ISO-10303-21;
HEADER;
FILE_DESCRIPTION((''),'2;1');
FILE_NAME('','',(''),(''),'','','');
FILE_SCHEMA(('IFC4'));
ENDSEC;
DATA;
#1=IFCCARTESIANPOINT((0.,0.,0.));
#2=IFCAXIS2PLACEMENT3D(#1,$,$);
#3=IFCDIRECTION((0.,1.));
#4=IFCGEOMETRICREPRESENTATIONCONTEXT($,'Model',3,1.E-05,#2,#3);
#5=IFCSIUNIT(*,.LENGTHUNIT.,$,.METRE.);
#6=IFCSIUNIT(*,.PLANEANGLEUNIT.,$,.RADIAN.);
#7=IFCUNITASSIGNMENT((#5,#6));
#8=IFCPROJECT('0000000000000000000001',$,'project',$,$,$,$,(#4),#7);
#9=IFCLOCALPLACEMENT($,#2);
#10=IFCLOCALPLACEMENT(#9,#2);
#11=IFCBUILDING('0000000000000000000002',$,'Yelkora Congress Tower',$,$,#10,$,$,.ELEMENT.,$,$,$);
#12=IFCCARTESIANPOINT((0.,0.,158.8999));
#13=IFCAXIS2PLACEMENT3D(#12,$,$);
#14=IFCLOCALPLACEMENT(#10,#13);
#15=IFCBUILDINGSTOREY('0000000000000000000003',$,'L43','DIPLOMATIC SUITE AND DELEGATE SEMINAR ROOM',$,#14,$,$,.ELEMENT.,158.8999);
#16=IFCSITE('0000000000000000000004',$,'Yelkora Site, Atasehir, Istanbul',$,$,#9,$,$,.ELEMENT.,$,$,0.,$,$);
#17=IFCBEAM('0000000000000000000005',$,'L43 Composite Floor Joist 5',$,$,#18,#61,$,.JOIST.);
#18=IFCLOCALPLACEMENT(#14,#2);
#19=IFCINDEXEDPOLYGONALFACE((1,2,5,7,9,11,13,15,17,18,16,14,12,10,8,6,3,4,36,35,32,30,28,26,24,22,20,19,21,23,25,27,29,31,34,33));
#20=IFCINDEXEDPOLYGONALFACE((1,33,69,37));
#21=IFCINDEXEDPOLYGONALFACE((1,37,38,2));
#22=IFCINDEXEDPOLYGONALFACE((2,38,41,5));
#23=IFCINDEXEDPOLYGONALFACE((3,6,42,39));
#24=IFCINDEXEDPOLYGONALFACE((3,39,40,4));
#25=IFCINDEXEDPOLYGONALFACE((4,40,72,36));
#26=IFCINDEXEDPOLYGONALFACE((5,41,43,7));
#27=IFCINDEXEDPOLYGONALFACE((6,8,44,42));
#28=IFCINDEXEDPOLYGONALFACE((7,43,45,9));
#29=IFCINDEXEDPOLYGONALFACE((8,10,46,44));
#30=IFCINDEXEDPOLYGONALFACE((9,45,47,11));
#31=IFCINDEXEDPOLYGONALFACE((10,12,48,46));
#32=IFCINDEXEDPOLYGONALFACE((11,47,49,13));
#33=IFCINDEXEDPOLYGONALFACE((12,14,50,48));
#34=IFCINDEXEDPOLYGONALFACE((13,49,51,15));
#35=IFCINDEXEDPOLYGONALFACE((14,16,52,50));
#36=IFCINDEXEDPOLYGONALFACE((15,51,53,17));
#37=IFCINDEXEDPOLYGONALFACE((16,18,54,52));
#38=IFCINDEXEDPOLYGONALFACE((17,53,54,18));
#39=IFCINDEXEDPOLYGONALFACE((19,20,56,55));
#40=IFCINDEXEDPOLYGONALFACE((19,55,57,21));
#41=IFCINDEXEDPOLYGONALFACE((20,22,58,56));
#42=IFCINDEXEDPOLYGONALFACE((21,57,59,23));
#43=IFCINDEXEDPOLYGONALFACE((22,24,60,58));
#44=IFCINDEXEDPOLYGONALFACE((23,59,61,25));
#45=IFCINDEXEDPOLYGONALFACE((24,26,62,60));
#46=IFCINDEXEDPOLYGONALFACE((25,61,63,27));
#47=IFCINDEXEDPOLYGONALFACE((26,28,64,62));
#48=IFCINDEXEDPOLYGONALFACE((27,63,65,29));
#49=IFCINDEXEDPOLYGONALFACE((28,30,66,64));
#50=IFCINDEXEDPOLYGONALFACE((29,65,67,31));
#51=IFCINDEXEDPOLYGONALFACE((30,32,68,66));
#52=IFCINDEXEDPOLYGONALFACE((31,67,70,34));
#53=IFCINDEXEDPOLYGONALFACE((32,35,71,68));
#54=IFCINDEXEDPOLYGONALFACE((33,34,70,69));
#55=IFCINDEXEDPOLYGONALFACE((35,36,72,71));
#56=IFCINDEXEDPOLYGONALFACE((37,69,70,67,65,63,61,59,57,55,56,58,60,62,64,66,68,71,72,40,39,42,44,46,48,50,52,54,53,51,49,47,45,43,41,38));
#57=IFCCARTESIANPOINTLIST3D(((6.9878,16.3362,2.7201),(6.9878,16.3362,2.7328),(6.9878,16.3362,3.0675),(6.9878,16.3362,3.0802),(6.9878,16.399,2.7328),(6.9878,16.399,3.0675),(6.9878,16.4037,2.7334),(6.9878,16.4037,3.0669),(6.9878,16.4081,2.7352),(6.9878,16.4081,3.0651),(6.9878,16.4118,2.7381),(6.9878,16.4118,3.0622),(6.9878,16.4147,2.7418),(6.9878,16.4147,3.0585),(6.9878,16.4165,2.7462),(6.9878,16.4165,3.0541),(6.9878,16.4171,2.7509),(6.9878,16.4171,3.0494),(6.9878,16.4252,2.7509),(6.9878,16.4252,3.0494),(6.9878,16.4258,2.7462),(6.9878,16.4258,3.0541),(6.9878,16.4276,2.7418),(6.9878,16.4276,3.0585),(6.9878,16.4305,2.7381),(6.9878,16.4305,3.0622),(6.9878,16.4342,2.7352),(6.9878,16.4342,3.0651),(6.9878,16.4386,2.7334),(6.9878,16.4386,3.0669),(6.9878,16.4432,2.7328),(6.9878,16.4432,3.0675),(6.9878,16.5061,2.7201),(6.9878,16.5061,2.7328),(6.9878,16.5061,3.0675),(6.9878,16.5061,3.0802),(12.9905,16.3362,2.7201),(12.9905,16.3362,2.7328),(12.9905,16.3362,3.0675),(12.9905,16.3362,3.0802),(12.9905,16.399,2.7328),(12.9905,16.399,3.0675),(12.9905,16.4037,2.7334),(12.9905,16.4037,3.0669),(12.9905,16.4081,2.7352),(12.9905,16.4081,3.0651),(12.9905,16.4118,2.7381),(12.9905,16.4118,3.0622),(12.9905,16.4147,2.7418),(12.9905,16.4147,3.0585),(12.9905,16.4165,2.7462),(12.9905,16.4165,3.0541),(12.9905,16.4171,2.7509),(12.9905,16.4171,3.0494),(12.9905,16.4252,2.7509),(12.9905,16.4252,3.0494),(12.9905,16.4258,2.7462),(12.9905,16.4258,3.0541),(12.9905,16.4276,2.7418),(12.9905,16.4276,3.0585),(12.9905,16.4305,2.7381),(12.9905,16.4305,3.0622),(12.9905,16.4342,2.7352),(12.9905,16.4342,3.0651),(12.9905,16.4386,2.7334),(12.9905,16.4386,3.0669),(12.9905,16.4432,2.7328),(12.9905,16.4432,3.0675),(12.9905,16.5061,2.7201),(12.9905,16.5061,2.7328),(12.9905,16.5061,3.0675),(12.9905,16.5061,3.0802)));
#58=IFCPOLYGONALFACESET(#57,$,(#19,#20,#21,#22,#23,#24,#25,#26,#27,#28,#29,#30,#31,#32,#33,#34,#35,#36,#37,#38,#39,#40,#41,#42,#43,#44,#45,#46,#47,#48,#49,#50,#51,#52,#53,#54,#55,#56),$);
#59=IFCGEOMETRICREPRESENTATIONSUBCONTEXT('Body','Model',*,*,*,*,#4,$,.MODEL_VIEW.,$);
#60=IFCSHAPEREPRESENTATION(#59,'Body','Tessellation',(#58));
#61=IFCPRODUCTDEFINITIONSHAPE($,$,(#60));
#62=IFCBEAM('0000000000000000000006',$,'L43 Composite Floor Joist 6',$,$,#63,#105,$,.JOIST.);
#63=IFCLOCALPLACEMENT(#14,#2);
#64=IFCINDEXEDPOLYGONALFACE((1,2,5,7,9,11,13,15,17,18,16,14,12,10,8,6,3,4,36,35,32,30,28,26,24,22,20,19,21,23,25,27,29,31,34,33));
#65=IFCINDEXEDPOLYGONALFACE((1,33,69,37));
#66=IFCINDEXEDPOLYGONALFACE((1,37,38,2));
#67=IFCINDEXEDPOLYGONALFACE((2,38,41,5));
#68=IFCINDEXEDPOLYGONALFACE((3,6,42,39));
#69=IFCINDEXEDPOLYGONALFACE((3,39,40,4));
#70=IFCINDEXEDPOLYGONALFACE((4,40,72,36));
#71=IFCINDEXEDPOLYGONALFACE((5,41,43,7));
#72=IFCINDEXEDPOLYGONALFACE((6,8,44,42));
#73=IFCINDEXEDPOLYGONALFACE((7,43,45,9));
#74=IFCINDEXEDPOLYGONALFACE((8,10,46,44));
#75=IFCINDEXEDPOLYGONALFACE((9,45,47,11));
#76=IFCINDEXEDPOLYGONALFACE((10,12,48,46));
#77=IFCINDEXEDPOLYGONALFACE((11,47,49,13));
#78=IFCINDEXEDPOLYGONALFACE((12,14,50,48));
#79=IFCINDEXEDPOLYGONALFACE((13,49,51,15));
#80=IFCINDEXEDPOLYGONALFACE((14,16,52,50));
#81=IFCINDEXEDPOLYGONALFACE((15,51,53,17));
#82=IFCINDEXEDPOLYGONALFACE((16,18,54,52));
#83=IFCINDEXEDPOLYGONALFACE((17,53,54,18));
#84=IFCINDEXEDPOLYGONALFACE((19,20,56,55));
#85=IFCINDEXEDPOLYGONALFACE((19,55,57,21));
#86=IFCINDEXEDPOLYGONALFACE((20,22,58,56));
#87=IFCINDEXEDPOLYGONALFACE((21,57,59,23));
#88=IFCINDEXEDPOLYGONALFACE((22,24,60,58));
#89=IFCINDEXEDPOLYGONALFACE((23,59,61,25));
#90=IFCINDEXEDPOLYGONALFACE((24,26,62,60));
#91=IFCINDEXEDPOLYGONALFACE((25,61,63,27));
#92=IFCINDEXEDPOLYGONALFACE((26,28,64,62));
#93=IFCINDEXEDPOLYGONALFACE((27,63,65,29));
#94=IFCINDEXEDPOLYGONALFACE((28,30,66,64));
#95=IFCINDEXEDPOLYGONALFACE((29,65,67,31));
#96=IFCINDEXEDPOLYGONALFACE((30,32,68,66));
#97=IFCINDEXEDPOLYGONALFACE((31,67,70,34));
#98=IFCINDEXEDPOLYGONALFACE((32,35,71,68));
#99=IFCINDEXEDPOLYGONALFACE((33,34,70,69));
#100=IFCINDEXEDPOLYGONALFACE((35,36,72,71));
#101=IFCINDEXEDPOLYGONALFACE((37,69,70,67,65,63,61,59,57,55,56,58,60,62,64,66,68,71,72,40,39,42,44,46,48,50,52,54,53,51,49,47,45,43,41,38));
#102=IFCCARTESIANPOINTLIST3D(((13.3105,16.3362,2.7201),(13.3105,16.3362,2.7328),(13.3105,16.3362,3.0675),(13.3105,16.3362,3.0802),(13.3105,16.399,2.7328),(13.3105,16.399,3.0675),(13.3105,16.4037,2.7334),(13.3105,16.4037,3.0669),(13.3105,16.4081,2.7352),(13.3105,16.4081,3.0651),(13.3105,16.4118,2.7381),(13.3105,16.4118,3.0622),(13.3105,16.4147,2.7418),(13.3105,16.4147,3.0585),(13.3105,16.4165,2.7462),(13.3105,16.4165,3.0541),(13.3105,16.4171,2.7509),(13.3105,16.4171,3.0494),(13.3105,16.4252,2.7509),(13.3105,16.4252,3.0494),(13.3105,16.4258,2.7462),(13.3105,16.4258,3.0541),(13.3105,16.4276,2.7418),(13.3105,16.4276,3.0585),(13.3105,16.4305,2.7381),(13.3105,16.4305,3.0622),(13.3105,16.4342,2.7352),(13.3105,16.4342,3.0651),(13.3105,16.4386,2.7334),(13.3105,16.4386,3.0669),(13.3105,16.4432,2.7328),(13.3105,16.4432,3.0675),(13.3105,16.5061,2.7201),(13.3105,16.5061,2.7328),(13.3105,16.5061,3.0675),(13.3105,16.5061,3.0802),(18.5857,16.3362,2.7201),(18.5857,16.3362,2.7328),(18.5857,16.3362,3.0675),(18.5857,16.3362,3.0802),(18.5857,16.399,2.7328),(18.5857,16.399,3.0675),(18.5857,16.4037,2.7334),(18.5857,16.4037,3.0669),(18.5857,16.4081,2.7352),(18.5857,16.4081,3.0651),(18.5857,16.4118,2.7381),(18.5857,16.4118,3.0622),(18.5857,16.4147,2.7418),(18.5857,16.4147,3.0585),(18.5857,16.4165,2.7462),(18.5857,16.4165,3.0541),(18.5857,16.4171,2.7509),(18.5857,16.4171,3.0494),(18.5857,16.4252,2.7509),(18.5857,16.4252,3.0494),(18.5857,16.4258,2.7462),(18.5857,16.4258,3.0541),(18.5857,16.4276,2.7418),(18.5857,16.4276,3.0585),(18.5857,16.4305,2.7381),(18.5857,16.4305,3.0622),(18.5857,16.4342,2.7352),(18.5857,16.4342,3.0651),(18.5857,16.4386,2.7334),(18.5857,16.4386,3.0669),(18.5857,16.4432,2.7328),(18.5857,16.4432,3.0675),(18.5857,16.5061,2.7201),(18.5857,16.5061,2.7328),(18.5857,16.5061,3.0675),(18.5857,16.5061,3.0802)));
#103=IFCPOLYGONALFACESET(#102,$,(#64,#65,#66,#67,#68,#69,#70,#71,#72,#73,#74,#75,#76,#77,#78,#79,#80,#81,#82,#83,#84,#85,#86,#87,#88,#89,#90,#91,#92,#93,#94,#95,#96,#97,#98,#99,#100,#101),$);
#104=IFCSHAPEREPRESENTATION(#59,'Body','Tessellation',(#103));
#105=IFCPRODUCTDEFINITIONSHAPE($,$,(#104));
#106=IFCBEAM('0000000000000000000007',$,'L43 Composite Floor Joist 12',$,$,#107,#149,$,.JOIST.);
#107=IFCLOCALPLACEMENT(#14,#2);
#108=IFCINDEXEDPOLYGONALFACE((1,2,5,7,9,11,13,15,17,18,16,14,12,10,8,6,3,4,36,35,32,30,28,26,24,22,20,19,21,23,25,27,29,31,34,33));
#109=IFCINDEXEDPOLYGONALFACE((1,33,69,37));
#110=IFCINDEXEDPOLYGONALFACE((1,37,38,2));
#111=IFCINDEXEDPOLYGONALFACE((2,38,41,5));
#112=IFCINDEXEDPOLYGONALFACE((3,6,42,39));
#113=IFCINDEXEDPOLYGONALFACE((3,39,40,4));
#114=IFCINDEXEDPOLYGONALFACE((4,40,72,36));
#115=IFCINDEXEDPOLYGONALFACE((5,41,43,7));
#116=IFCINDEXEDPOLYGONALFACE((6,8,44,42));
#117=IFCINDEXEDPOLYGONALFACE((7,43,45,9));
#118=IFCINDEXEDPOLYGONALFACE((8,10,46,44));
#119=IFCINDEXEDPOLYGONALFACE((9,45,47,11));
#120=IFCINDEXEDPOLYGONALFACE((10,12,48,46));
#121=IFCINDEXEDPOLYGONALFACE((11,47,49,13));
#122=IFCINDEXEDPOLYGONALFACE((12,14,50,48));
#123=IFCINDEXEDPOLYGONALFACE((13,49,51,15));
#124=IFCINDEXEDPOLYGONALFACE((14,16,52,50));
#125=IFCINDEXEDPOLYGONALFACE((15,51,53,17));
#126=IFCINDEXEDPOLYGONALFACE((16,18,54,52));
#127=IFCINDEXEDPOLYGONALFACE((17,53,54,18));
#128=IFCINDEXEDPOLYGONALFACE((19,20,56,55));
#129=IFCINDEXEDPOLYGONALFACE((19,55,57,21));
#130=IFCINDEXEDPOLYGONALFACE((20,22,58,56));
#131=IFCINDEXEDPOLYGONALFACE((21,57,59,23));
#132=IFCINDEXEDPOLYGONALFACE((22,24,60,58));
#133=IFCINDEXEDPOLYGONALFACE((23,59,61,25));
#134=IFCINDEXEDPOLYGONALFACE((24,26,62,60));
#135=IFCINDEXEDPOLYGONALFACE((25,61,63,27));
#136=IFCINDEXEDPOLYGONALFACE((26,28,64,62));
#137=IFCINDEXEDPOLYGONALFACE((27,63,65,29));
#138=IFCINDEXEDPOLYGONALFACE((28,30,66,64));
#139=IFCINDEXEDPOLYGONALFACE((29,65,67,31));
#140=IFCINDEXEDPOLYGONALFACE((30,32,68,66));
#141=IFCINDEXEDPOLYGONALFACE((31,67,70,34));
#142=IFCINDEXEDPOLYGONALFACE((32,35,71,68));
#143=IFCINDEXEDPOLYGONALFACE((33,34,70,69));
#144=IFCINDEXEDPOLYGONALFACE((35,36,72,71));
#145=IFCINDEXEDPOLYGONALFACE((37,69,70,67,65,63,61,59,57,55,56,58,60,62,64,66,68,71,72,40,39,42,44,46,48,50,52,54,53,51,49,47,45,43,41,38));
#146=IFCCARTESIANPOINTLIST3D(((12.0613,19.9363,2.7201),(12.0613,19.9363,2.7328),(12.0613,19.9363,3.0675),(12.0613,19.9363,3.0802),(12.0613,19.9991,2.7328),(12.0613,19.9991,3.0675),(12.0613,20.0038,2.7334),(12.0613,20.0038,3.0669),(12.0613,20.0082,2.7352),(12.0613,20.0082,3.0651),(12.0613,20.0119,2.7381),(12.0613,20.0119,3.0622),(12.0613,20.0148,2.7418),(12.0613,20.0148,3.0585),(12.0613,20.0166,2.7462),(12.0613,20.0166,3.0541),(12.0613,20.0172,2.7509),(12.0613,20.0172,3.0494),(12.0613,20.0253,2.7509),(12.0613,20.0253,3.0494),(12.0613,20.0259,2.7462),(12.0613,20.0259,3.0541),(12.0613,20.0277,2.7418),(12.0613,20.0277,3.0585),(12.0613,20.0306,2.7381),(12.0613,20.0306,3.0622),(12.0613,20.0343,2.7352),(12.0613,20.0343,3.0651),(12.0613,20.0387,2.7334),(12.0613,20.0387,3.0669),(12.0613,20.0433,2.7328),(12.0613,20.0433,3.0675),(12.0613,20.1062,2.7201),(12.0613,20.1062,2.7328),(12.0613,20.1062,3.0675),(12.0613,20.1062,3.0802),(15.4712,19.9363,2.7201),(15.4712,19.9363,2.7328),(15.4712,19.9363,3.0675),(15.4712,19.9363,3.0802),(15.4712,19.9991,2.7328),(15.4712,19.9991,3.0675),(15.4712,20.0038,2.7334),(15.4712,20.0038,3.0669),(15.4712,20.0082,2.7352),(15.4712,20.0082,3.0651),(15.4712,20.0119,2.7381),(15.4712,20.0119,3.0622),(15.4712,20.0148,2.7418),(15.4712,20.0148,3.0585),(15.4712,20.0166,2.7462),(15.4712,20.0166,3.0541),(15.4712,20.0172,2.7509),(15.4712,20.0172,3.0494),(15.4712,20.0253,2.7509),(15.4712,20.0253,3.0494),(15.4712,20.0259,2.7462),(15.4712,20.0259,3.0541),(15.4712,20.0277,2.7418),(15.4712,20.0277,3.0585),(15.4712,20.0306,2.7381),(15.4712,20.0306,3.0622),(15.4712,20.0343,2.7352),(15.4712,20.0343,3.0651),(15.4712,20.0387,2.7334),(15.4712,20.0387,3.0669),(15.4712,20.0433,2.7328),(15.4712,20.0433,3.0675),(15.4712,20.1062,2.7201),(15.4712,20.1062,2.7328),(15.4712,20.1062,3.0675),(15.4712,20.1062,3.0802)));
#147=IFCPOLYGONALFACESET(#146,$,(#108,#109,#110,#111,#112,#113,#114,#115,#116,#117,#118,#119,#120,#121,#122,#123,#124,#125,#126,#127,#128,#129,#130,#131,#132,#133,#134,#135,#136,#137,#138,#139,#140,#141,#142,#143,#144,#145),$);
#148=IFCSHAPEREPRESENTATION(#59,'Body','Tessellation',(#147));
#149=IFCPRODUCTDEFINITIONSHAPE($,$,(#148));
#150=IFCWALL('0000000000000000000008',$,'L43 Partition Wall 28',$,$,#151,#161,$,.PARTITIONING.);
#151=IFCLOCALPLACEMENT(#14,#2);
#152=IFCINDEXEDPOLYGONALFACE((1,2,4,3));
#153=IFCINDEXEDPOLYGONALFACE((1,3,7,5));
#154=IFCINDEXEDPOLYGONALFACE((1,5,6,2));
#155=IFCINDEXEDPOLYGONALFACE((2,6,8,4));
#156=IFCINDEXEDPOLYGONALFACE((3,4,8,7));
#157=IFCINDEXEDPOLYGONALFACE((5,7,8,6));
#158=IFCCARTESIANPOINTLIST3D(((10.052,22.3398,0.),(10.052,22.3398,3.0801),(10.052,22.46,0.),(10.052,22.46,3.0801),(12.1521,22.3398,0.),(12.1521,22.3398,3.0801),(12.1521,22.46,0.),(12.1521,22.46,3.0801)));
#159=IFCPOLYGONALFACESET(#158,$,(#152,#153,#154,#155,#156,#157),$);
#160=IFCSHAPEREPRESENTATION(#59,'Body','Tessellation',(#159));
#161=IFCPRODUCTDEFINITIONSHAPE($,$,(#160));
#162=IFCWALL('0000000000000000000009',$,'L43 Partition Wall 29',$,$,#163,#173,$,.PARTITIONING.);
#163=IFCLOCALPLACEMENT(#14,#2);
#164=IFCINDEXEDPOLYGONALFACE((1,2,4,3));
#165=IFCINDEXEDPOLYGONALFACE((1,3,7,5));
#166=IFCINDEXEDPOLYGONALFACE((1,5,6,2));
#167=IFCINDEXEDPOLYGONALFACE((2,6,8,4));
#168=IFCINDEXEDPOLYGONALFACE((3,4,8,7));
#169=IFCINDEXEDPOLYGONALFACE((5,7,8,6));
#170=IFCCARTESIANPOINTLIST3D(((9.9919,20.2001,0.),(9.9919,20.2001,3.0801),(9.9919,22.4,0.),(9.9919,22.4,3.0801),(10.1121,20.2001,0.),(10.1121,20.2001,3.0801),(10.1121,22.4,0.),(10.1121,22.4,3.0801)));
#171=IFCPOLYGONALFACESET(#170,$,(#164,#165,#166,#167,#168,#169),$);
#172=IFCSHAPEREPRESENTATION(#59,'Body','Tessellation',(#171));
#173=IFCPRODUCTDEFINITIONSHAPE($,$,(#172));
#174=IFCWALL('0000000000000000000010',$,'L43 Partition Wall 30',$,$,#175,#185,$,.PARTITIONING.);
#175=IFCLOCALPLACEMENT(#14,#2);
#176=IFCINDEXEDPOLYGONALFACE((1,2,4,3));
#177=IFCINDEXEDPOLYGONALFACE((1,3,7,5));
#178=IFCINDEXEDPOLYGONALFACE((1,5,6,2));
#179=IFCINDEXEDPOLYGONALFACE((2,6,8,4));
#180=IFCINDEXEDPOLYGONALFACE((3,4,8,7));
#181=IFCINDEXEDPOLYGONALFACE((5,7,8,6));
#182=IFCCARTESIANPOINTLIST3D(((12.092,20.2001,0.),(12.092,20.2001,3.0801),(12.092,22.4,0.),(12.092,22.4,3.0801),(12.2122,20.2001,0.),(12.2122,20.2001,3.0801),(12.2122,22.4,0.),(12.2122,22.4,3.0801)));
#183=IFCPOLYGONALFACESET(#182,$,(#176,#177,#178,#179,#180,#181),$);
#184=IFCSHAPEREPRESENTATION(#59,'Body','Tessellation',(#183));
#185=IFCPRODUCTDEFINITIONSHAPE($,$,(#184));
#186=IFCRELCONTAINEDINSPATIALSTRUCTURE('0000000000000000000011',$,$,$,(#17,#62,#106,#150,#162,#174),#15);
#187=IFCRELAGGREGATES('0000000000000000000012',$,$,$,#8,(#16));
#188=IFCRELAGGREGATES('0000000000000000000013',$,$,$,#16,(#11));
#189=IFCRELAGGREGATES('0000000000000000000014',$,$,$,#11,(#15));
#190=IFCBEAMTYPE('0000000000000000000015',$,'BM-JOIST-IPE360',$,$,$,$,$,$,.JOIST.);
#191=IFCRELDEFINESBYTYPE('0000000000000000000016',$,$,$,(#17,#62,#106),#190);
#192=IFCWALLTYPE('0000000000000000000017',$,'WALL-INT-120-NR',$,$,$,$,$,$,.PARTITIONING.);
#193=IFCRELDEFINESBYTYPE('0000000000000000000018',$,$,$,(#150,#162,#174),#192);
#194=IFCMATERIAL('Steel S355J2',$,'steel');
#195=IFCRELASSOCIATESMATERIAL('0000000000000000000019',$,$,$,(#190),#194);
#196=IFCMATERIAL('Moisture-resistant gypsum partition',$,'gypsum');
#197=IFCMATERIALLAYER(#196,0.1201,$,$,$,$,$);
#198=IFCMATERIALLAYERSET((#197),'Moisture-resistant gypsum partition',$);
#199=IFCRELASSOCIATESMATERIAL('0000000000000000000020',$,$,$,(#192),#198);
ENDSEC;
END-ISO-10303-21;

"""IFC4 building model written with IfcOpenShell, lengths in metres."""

from ifc_helpers import new_model, si_unit, direction, frame, frame_2d, origin, origin_2d, place, context, subcontext, project, spatial, rectangle, i_section, extrude, material, layer, layer_set, material_profile, profile_set, type_object, element, save


model = new_model("IFC4")

# Units and contexts
model_context = context("Model", 3, precision=1e-05, world=origin(), true_north=direction((0.0, 1.0)))
body_context = subcontext(model_context, "Body", "Model", "MODEL_VIEW")
ifc_project = project(units=[si_unit("LENGTHUNIT", "METRE"), si_unit("PLANEANGLEUNIT", "RADIAN")], contexts=[model_context])

# Site, building, storey
site_placement = place(None, origin())
site = spatial("IfcSite", under=ifc_project, at=site_placement, Name="Yelkora Site, Atasehir, Istanbul", CompositionType="ELEMENT", RefElevation=0.0)
building_placement = place(site_placement, origin())
building = spatial("IfcBuilding", under=site, at=building_placement, Name="Yelkora Congress Tower", CompositionType="ELEMENT")
storey_placement = place(building_placement, frame((0.0, 0.0, 158.8999)))
storey = spatial("IfcBuildingStorey", under=building, at=storey_placement, Name="L43", Description="DIPLOMATIC SUITE AND DELEGATE SEMINAR ROOM", CompositionType="ELEMENT", Elevation=158.8999)

# Beams
ifc_material_1 = material(Name="Steel S355J2", Category="steel")
ifc_material_profile = material_profile(ifc_material_1, i_section(OverallWidth=0.1699, OverallDepth=0.3601, WebThickness=0.0081, FlangeThickness=0.0127, FilletRadius=0.0181, at=origin_2d()), Name="IPE 360")
ifc_profile_set = profile_set([ifc_material_profile], Name="Steel S355J2")
beam_type = type_object("IfcBeamType", Name="BM-JOIST-IPE360", PredefinedType="JOIST", material=ifc_profile_set)
beam_1_placement = place(storey_placement, frame((6.9878, 16.4211, 2.9001), z_axis=(1.0, 0.0, 0.0), x_axis=(0.0, 1.0, 0.0)))
element("IfcBeam", 1, at=beam_1_placement, inside=storey, type_object=beam_type, Name="L43 Composite Floor Joist 5", PredefinedType="JOIST", context=body_context, shape_type="SweptSolid", body=[
    extrude(i_section(OverallWidth=0.1699, OverallDepth=0.3601, WebThickness=0.0081, FlangeThickness=0.0127, FilletRadius=0.0181, at=origin_2d()), origin(), (0.0, 0.0, 1.0), 6.0027),
])
beam_2_placement = place(storey_placement, frame((13.3105, 16.4211, 2.9001), z_axis=(1.0, 0.0, 0.0), x_axis=(0.0, 1.0, 0.0)))
element("IfcBeam", 2, at=beam_2_placement, inside=storey, type_object=beam_type, Name="L43 Composite Floor Joist 6", PredefinedType="JOIST", context=body_context, shape_type="SweptSolid", body=[
    extrude(i_section(OverallWidth=0.1699, OverallDepth=0.3601, WebThickness=0.0081, FlangeThickness=0.0127, FilletRadius=0.0181, at=origin_2d()), origin(), (0.0, 0.0, 1.0), 5.2751),
])
beam_3_placement = place(storey_placement, frame((12.0613, 20.0212, 2.9001), z_axis=(1.0, 0.0, 0.0), x_axis=(0.0, 1.0, 0.0)))
element("IfcBeam", 3, at=beam_3_placement, inside=storey, type_object=beam_type, Name="L43 Composite Floor Joist 12", PredefinedType="JOIST", context=body_context, shape_type="SweptSolid", body=[
    extrude(i_section(OverallWidth=0.1699, OverallDepth=0.3601, WebThickness=0.0081, FlangeThickness=0.0127, FilletRadius=0.0181, at=origin_2d()), origin(), (0.0, 0.0, 1.0), 3.4099),
])

# Walls
ifc_material_2 = material(Name="Moisture-resistant gypsum partition", Category="gypsum")
ifc_layer_1 = layer(ifc_material_2, 0.1201)
ifc_layer_set_1 = layer_set([ifc_layer_1], Name="Moisture-resistant gypsum partition")
wall_type_1 = type_object("IfcWallType", Name="WALL-INT-120-NR", PredefinedType="PARTITIONING", material=ifc_layer_set_1)
wall_1_placement = place(storey_placement, frame((10.052, 22.3999, 0.0), z_axis=(0.0, 0.0, 1.0), x_axis=(1.0, 0.0, 0.0)))
element("IfcWall", 4, at=wall_1_placement, inside=storey, type_object=wall_type_1, Name="L43 Partition Wall 28", PredefinedType="PARTITIONING", context=body_context, shape_type="SweptSolid", body=[
    extrude(rectangle(XDim=2.1001, YDim=0.1201, at=frame_2d((1.05, 0.0))), origin(), (0.0, 0.0, 1.0), 3.0801),
])
for number, where, z_axis, x_axis, name in (
    (5, (10.052, 20.2, 0.0), (0.0, 0.0, 1.0), (0.0, 1.0, 0.0), "L43 Partition Wall 29"),
    (6, (12.1521, 20.2, 0.0), (0.0, 0.0, 1.0), (0.0, 1.0, 0.0), "L43 Partition Wall 30"),
):
    element("IfcWall", number, at=place(storey_placement, frame(where, z_axis=z_axis, x_axis=x_axis)), inside=storey, type_object=wall_type_1, Name=name, PredefinedType="PARTITIONING", context=body_context, shape_type="SweptSolid", body=[
        extrude(rectangle(XDim=2.2, YDim=0.1201, at=frame_2d((1.1001, 0.0))), origin(), (0.0, 0.0, 1.0), 3.0801),
    ])

save(model, "model.ifc")
